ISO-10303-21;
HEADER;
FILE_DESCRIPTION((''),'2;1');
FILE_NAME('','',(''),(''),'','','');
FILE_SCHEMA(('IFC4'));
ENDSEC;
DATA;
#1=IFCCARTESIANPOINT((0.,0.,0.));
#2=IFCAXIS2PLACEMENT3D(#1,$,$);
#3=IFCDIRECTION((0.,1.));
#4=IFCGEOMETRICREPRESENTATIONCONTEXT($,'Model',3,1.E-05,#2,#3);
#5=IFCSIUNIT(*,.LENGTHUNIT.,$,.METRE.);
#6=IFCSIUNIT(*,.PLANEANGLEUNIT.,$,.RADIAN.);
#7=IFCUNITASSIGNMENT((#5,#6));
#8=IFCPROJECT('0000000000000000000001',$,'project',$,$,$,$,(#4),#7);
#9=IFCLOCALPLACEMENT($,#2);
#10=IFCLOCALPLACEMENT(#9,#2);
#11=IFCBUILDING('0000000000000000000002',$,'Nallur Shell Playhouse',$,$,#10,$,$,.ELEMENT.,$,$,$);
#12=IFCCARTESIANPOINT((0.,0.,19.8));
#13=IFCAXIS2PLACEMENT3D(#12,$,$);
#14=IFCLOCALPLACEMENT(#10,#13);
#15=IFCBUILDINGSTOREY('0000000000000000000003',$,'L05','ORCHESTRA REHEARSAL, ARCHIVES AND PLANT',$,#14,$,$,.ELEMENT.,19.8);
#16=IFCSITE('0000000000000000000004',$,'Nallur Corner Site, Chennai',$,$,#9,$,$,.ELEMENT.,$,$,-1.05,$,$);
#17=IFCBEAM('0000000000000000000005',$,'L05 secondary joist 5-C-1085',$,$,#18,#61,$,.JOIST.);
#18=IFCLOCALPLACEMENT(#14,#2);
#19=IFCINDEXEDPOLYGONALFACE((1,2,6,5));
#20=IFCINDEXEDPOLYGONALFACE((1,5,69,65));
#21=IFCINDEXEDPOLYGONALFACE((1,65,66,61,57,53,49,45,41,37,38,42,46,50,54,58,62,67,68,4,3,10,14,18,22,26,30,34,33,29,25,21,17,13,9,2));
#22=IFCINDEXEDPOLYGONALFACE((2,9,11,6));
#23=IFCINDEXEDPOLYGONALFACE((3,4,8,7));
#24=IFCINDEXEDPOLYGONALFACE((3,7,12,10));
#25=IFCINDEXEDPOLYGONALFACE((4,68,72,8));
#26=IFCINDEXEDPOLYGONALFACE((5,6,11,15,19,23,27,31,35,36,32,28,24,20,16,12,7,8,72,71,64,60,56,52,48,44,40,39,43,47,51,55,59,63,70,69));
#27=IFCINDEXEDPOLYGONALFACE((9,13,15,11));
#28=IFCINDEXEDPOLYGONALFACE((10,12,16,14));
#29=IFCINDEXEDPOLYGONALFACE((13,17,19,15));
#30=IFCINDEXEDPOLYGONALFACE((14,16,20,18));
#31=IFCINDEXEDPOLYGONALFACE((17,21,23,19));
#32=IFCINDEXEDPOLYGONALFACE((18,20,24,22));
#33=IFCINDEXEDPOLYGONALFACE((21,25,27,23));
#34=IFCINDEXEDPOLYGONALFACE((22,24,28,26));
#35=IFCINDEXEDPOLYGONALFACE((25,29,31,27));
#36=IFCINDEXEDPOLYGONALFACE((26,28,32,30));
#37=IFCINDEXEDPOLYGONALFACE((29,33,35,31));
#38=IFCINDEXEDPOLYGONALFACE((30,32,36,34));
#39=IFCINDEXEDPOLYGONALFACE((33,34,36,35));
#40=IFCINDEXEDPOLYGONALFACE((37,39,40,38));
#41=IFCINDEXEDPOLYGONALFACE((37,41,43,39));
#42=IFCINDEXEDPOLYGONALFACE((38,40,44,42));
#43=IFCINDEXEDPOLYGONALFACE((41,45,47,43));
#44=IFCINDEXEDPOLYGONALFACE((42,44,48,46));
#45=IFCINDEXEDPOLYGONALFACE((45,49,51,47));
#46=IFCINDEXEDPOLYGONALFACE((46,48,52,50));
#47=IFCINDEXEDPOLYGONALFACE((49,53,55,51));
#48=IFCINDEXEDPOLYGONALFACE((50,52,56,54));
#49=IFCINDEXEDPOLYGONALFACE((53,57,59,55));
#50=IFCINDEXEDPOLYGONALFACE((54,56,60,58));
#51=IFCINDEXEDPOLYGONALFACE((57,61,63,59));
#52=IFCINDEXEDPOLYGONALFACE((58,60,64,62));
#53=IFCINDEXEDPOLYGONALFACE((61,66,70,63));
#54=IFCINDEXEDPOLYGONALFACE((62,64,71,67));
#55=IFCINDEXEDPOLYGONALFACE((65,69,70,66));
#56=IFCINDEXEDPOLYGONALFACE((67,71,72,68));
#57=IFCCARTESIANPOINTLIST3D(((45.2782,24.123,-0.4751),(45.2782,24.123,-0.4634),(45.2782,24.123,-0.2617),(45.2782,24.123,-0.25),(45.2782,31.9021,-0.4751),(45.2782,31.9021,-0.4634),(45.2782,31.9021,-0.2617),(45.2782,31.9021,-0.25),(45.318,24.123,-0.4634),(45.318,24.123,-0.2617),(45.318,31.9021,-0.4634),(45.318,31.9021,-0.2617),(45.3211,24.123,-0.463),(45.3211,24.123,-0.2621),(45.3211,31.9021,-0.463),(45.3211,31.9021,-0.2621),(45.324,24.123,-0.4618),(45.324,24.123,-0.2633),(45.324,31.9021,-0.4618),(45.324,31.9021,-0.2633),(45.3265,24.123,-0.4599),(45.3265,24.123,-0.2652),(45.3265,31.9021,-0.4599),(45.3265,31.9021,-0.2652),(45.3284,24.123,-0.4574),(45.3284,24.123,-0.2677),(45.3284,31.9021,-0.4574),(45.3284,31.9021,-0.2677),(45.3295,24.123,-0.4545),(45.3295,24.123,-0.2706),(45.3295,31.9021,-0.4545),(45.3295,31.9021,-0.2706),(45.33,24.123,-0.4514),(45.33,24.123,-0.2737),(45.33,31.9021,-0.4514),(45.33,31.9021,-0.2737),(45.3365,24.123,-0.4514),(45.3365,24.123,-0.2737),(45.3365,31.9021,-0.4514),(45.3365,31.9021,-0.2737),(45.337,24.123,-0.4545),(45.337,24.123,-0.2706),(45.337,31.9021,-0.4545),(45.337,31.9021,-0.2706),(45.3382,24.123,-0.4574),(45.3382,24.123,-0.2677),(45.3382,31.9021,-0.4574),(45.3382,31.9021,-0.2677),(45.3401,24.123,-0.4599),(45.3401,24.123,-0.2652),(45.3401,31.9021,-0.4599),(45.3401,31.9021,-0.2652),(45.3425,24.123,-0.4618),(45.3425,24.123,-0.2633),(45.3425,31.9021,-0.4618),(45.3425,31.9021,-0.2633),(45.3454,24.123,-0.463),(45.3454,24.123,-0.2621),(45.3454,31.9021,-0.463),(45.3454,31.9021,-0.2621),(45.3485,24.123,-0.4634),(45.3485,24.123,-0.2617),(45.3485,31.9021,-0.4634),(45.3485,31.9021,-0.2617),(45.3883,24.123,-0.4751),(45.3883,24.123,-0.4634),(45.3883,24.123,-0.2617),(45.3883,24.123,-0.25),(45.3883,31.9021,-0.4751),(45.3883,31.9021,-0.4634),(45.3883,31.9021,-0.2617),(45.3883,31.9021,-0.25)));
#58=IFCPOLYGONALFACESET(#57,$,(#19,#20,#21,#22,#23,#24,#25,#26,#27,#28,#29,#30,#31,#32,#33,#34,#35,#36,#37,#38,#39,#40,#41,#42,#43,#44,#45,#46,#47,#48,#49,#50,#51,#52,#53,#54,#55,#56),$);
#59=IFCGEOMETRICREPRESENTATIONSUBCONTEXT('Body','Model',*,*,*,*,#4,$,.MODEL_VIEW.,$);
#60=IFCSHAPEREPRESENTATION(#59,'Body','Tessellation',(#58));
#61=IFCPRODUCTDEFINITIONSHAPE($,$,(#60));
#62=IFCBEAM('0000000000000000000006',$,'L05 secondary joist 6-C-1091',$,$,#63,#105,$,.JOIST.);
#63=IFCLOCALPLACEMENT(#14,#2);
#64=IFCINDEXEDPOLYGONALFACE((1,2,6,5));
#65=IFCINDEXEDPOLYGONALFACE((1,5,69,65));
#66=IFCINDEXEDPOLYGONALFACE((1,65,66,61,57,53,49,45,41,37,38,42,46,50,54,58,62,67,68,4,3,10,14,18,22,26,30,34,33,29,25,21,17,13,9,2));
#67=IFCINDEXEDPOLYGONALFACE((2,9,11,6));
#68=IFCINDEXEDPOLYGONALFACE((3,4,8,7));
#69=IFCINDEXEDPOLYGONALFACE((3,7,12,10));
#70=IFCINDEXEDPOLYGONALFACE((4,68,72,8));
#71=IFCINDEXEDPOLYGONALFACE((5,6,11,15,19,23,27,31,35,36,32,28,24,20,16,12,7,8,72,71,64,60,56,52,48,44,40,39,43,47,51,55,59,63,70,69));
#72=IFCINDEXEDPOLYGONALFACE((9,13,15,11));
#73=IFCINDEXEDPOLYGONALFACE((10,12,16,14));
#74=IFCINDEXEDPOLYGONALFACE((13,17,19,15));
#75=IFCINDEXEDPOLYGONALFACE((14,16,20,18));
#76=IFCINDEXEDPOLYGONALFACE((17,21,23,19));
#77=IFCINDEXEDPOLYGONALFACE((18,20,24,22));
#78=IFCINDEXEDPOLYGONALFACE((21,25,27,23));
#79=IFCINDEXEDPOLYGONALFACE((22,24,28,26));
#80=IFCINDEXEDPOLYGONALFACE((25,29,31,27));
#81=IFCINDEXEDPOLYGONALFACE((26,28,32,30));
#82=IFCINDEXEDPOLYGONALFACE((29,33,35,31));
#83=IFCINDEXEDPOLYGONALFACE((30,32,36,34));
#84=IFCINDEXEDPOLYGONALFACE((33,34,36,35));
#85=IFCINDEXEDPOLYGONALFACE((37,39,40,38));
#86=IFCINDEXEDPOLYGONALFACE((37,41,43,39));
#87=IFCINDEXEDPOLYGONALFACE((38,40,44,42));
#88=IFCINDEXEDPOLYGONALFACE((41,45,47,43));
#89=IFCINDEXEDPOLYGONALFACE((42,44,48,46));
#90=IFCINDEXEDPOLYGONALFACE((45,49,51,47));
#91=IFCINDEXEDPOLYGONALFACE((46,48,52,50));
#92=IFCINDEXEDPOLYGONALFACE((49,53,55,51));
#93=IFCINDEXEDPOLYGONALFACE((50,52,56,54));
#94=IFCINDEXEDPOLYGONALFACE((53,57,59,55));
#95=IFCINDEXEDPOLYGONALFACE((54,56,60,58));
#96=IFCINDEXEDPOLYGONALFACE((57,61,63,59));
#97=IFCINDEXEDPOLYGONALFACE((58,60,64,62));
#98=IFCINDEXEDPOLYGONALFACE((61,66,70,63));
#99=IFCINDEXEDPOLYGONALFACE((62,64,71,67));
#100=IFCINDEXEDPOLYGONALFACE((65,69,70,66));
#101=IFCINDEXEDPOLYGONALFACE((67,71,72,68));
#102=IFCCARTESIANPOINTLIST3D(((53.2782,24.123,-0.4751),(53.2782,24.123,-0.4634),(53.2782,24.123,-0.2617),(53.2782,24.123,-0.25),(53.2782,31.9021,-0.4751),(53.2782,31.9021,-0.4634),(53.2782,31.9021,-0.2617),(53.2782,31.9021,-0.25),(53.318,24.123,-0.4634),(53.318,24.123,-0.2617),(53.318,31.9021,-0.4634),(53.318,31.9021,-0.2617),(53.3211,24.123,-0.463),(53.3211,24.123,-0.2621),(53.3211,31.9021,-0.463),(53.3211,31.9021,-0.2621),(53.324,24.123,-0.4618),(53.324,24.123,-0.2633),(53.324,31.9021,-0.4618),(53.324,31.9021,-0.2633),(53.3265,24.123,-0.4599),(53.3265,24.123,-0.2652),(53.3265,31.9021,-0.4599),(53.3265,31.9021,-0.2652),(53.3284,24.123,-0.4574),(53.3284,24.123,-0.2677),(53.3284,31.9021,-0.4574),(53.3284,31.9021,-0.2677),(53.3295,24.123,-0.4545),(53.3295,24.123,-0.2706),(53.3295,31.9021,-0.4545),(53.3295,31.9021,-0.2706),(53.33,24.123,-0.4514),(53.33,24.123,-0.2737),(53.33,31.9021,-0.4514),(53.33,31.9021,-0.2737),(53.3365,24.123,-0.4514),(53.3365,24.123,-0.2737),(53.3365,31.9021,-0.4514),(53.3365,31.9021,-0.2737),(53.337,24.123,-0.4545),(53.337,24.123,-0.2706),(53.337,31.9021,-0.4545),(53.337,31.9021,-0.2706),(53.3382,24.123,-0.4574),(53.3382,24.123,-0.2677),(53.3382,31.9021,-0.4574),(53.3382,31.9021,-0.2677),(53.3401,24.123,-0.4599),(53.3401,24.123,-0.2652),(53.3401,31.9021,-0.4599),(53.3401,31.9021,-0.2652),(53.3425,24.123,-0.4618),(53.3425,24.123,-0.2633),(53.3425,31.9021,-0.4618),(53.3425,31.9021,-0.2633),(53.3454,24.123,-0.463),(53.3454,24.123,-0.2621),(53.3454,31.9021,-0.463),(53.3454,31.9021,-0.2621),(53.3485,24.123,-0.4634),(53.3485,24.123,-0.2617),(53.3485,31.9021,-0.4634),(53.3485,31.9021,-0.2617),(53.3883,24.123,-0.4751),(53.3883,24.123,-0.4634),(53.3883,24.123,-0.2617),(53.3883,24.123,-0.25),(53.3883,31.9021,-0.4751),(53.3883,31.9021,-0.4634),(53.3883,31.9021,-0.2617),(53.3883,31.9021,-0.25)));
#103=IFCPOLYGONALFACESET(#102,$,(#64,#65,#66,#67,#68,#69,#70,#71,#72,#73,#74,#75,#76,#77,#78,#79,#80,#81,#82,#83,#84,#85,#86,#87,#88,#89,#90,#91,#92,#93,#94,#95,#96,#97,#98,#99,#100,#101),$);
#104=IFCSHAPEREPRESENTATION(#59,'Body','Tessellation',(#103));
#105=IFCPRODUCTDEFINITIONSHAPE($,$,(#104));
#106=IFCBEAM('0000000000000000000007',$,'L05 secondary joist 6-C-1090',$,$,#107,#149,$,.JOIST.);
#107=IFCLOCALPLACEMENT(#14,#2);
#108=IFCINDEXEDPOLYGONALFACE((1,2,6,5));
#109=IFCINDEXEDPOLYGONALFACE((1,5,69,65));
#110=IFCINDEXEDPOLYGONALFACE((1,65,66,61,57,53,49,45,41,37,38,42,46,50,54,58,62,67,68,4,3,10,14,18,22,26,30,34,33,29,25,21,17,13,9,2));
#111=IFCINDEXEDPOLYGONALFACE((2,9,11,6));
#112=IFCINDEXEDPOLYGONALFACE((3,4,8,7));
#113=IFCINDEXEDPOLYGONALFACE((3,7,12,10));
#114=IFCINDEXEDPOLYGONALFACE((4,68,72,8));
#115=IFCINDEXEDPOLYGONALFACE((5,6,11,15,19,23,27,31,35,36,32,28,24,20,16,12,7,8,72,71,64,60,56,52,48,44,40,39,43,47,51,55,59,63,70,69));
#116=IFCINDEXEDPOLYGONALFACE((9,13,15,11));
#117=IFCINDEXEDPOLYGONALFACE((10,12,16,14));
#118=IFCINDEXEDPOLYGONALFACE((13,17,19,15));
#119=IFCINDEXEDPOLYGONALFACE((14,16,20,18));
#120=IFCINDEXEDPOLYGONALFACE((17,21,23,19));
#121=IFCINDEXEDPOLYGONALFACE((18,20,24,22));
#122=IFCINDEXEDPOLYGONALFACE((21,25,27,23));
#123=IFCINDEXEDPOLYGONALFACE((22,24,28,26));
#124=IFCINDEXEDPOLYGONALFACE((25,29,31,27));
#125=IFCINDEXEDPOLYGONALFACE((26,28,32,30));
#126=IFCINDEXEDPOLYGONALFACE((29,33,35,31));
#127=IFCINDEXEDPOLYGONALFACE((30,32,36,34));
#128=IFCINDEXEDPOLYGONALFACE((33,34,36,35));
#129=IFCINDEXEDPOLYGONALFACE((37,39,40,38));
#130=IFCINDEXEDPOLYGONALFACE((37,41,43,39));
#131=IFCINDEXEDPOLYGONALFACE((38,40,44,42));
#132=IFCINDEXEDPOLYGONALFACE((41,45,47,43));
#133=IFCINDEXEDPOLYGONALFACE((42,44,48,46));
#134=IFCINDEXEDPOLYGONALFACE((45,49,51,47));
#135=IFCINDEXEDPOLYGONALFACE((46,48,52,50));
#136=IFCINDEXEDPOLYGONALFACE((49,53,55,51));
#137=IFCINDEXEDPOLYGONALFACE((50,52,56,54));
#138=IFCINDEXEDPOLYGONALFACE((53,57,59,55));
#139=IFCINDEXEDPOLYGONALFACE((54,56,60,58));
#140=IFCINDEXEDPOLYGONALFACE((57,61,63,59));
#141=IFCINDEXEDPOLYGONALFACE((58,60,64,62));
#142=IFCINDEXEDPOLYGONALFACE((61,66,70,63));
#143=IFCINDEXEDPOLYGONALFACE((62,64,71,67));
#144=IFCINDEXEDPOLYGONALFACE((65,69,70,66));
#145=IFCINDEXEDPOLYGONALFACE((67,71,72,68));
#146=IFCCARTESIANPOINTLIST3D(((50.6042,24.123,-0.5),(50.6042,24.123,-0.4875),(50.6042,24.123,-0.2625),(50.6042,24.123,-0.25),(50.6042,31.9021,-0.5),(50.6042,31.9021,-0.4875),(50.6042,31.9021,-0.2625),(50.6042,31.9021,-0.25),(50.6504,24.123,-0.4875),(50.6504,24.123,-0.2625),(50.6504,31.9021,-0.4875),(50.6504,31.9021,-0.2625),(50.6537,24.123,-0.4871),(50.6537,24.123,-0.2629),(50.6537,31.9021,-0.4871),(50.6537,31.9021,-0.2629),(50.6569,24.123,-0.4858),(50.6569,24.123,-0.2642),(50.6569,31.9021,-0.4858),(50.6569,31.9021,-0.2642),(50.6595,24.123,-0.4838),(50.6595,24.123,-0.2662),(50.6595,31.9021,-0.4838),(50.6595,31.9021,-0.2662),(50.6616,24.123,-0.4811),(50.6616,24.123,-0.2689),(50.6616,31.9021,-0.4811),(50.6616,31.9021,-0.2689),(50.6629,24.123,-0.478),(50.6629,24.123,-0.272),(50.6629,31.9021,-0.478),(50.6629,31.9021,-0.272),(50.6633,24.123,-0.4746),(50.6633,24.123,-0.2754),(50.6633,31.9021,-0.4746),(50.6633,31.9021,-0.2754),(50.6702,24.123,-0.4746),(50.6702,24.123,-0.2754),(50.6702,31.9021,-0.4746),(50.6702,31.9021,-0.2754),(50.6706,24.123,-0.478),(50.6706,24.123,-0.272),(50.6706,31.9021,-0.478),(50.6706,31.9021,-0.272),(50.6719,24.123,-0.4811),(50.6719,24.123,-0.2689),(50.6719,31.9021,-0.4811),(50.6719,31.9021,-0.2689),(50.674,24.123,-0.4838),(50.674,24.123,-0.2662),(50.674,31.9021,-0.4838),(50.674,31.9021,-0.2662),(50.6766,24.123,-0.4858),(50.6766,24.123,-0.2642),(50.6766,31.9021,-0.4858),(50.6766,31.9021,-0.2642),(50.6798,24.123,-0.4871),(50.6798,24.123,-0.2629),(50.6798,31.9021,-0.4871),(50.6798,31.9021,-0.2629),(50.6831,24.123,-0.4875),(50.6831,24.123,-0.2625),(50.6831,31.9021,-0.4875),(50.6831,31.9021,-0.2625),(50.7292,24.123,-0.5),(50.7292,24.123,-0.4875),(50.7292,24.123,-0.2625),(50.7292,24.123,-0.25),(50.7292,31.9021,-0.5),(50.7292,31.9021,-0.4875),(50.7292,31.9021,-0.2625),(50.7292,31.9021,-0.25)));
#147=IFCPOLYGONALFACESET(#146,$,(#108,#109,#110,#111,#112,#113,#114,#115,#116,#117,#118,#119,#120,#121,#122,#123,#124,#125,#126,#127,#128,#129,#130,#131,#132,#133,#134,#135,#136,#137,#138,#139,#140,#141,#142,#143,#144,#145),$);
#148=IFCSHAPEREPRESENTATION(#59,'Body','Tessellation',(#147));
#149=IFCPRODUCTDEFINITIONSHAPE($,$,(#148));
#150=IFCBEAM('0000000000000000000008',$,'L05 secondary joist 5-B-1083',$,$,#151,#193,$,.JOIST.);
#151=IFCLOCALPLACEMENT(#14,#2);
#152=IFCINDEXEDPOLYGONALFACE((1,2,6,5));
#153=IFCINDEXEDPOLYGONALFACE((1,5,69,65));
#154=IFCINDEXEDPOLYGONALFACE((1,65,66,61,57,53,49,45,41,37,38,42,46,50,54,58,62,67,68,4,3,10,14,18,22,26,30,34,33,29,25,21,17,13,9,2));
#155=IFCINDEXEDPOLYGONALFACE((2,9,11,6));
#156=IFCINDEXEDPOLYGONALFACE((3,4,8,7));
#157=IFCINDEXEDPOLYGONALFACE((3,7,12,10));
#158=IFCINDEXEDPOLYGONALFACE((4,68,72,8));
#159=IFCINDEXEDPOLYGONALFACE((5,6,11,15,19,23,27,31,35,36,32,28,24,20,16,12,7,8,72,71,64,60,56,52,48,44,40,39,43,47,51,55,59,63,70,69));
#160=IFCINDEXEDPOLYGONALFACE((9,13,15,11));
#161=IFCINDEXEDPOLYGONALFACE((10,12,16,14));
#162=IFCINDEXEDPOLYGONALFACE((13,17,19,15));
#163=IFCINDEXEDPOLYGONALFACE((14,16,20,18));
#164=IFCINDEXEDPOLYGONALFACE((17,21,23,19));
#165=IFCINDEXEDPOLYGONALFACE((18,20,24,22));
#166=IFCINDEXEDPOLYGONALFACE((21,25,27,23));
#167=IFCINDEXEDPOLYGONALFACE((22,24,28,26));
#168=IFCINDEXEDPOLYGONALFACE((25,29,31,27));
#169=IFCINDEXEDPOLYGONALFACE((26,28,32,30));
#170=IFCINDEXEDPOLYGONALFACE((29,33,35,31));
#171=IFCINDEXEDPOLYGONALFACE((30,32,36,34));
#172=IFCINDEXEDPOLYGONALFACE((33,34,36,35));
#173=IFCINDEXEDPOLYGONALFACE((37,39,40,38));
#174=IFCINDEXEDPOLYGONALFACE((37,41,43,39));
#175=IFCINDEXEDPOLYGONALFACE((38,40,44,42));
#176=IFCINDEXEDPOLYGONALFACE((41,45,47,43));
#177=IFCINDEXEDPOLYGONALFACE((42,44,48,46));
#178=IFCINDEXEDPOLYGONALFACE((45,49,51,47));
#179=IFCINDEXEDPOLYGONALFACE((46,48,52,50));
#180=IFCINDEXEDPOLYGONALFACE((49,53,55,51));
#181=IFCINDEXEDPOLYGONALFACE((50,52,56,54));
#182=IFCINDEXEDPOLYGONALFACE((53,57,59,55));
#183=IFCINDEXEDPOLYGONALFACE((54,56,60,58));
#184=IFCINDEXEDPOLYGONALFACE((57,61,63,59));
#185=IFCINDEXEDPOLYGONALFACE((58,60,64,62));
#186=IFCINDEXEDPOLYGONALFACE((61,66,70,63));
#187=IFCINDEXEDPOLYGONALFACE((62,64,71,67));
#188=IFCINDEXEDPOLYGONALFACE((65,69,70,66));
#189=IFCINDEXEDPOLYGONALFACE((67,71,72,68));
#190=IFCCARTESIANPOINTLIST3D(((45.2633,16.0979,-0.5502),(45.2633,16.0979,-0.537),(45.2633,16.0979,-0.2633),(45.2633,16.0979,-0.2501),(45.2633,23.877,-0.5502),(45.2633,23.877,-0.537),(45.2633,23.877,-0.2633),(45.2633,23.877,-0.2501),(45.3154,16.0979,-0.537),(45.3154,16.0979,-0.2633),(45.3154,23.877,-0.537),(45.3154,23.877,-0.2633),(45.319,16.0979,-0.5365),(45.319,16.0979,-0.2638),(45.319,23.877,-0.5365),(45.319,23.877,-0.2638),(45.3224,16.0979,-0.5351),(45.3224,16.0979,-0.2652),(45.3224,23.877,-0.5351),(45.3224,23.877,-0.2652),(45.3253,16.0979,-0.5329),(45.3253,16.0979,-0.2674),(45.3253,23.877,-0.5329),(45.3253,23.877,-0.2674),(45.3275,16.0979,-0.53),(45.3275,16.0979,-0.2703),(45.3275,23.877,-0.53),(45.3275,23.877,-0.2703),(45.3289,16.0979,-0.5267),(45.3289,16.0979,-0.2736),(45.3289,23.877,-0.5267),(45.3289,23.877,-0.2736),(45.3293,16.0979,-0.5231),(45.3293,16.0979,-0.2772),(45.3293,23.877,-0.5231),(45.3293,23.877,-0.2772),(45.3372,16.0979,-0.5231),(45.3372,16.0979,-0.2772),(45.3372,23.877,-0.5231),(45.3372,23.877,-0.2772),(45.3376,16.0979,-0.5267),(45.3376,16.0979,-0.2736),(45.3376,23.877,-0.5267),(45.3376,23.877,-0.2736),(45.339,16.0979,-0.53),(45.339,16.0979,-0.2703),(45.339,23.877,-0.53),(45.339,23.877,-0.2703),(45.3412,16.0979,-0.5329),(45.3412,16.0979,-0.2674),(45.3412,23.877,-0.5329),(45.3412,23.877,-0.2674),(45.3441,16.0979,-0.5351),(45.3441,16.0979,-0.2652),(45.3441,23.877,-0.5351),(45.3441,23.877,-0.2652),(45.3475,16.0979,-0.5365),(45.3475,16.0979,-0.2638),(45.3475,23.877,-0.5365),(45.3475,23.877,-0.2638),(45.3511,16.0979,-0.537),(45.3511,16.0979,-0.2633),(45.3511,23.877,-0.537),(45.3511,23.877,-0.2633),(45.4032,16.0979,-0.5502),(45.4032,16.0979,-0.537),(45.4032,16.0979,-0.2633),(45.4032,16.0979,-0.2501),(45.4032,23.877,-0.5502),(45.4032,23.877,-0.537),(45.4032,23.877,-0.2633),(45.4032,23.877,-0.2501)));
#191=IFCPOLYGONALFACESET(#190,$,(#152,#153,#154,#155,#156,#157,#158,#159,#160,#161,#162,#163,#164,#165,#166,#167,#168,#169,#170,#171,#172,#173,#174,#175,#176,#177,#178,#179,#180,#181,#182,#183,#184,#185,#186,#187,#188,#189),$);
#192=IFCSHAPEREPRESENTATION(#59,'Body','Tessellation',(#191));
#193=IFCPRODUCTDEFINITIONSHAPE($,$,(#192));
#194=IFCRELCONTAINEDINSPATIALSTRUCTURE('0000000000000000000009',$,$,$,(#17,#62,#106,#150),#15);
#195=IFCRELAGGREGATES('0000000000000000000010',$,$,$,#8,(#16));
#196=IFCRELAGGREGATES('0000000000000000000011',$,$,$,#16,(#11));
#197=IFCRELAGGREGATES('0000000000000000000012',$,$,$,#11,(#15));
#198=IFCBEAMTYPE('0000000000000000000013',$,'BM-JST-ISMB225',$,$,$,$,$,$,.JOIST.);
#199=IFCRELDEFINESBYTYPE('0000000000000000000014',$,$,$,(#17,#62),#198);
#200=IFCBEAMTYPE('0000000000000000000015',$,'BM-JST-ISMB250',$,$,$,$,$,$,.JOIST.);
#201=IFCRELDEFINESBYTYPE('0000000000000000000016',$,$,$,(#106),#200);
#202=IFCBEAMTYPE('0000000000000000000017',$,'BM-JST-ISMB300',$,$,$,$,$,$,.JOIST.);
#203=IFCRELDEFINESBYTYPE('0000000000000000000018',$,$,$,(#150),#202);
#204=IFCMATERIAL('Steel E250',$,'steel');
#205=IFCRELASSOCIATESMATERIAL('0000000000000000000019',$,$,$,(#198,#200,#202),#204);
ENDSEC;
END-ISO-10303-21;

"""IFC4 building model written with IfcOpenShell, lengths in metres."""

from ifc_helpers import new_model, si_unit, direction, frame, origin, origin_2d, place, context, subcontext, project, spatial, i_section, extrude, material, material_profile, profile_set, type_object, element, save


model = new_model("IFC4")

# Units and contexts
model_context = context("Model", 3, precision=1e-05, world=origin(), true_north=direction((0.0, 1.0)))
body_context = subcontext(model_context, "Body", "Model", "MODEL_VIEW")
ifc_project = project(units=[si_unit("LENGTHUNIT", "METRE"), si_unit("PLANEANGLEUNIT", "RADIAN")], contexts=[model_context])

# Site, building, storey
site_placement = place(None, origin())
site = spatial("IfcSite", under=ifc_project, at=site_placement, Name="Nallur Corner Site, Chennai", CompositionType="ELEMENT", RefElevation=-1.05)
building_placement = place(site_placement, origin())
building = spatial("IfcBuilding", under=site, at=building_placement, Name="Nallur Shell Playhouse", CompositionType="ELEMENT")
storey_placement = place(building_placement, frame((0.0, 0.0, 19.8)))
storey = spatial("IfcBuildingStorey", under=building, at=storey_placement, Name="L05", Description="ORCHESTRA REHEARSAL, ARCHIVES AND PLANT", CompositionType="ELEMENT", Elevation=19.8)

# Beams
ifc_material_1 = material(Name="Steel E250", Category="steel")
ifc_material_profile_1 = material_profile(ifc_material_1, i_section(OverallWidth=0.1101, OverallDepth=0.2251, WebThickness=0.0066, FlangeThickness=0.0117, FilletRadius=0.012, at=origin_2d()), Name="ISMB 225")
ifc_profile_set_1 = profile_set([ifc_material_profile_1], Name="Steel E250")
beam_type_1 = type_object("IfcBeamType", Name="BM-JST-ISMB225", PredefinedType="JOIST", material=ifc_profile_set_1)
for number, where, z_axis, x_axis, name in (
    (1, (45.3333, 24.123, -0.3625), (0.0, 1.0, 0.0), (-1.0, 0.0, 0.0), "L05 secondary joist 5-C-1085"),
    (2, (53.3333, 24.123, -0.3625), (0.0, 1.0, 0.0), (-1.0, 0.0, 0.0), "L05 secondary joist 6-C-1091"),
):
    element("IfcBeam", number, at=place(storey_placement, frame(where, z_axis=z_axis, x_axis=x_axis)), inside=storey, type_object=beam_type_1, Name=name, PredefinedType="JOIST", context=body_context, shape_type="SweptSolid", body=[
        extrude(i_section(OverallWidth=0.1101, OverallDepth=0.2251, WebThickness=0.0066, FlangeThickness=0.0117, FilletRadius=0.012, at=origin_2d()), origin(), (0.0, 0.0, 1.0), 7.7791),
    ])
ifc_material_profile_2 = material_profile(ifc_material_1, i_section(OverallWidth=0.125, OverallDepth=0.25, WebThickness=0.0068, FlangeThickness=0.0125, FilletRadius=0.0129, at=origin_2d()), Name="ISMB 250")
ifc_profile_set_2 = profile_set([ifc_material_profile_2], Name="Steel E250")
beam_type_2 = type_object("IfcBeamType", Name="BM-JST-ISMB250", PredefinedType="JOIST", material=ifc_profile_set_2)
beam_1_placement = place(storey_placement, frame((50.6667, 24.123, -0.375), z_axis=(0.0, 1.0, 0.0), x_axis=(-1.0, 0.0, 0.0)))
element("IfcBeam", 3, at=beam_1_placement, inside=storey, type_object=beam_type_2, Name="L05 secondary joist 6-C-1090", PredefinedType="JOIST", context=body_context, shape_type="SweptSolid", body=[
    extrude(i_section(OverallWidth=0.125, OverallDepth=0.25, WebThickness=0.0068, FlangeThickness=0.0125, FilletRadius=0.0129, at=origin_2d()), origin(), (0.0, 0.0, 1.0), 7.7791),
])
ifc_material_profile_3 = material_profile(ifc_material_1, i_section(OverallWidth=0.1399, OverallDepth=0.3, WebThickness=0.0078, FlangeThickness=0.0132, FilletRadius=0.0139, at=origin_2d()), Name="ISMB 300")
ifc_profile_set_3 = profile_set([ifc_material_profile_3], Name="Steel E250")
beam_type_3 = type_object("IfcBeamType", Name="BM-JST-ISMB300", PredefinedType="JOIST", material=ifc_profile_set_3)
for number, where, z_axis, x_axis, name in (
    (4, (45.3333, 16.0979, -0.4001), (0.0, 1.0, 0.0), (-1.0, 0.0, 0.0), "L05 secondary joist 5-B-1083"),
):
    element("IfcBeam", number, at=place(storey_placement, frame(where, z_axis=z_axis, x_axis=x_axis)), inside=storey, type_object=beam_type_3, Name=name, PredefinedType="JOIST", context=body_context, shape_type="SweptSolid", body=[
        extrude(i_section(OverallWidth=0.1399, OverallDepth=0.3, WebThickness=0.0078, FlangeThickness=0.0132, FilletRadius=0.0139, at=origin_2d()), origin(), (0.0, 0.0, 1.0), 7.7791),
    ])

save(model, "model.ifc")
